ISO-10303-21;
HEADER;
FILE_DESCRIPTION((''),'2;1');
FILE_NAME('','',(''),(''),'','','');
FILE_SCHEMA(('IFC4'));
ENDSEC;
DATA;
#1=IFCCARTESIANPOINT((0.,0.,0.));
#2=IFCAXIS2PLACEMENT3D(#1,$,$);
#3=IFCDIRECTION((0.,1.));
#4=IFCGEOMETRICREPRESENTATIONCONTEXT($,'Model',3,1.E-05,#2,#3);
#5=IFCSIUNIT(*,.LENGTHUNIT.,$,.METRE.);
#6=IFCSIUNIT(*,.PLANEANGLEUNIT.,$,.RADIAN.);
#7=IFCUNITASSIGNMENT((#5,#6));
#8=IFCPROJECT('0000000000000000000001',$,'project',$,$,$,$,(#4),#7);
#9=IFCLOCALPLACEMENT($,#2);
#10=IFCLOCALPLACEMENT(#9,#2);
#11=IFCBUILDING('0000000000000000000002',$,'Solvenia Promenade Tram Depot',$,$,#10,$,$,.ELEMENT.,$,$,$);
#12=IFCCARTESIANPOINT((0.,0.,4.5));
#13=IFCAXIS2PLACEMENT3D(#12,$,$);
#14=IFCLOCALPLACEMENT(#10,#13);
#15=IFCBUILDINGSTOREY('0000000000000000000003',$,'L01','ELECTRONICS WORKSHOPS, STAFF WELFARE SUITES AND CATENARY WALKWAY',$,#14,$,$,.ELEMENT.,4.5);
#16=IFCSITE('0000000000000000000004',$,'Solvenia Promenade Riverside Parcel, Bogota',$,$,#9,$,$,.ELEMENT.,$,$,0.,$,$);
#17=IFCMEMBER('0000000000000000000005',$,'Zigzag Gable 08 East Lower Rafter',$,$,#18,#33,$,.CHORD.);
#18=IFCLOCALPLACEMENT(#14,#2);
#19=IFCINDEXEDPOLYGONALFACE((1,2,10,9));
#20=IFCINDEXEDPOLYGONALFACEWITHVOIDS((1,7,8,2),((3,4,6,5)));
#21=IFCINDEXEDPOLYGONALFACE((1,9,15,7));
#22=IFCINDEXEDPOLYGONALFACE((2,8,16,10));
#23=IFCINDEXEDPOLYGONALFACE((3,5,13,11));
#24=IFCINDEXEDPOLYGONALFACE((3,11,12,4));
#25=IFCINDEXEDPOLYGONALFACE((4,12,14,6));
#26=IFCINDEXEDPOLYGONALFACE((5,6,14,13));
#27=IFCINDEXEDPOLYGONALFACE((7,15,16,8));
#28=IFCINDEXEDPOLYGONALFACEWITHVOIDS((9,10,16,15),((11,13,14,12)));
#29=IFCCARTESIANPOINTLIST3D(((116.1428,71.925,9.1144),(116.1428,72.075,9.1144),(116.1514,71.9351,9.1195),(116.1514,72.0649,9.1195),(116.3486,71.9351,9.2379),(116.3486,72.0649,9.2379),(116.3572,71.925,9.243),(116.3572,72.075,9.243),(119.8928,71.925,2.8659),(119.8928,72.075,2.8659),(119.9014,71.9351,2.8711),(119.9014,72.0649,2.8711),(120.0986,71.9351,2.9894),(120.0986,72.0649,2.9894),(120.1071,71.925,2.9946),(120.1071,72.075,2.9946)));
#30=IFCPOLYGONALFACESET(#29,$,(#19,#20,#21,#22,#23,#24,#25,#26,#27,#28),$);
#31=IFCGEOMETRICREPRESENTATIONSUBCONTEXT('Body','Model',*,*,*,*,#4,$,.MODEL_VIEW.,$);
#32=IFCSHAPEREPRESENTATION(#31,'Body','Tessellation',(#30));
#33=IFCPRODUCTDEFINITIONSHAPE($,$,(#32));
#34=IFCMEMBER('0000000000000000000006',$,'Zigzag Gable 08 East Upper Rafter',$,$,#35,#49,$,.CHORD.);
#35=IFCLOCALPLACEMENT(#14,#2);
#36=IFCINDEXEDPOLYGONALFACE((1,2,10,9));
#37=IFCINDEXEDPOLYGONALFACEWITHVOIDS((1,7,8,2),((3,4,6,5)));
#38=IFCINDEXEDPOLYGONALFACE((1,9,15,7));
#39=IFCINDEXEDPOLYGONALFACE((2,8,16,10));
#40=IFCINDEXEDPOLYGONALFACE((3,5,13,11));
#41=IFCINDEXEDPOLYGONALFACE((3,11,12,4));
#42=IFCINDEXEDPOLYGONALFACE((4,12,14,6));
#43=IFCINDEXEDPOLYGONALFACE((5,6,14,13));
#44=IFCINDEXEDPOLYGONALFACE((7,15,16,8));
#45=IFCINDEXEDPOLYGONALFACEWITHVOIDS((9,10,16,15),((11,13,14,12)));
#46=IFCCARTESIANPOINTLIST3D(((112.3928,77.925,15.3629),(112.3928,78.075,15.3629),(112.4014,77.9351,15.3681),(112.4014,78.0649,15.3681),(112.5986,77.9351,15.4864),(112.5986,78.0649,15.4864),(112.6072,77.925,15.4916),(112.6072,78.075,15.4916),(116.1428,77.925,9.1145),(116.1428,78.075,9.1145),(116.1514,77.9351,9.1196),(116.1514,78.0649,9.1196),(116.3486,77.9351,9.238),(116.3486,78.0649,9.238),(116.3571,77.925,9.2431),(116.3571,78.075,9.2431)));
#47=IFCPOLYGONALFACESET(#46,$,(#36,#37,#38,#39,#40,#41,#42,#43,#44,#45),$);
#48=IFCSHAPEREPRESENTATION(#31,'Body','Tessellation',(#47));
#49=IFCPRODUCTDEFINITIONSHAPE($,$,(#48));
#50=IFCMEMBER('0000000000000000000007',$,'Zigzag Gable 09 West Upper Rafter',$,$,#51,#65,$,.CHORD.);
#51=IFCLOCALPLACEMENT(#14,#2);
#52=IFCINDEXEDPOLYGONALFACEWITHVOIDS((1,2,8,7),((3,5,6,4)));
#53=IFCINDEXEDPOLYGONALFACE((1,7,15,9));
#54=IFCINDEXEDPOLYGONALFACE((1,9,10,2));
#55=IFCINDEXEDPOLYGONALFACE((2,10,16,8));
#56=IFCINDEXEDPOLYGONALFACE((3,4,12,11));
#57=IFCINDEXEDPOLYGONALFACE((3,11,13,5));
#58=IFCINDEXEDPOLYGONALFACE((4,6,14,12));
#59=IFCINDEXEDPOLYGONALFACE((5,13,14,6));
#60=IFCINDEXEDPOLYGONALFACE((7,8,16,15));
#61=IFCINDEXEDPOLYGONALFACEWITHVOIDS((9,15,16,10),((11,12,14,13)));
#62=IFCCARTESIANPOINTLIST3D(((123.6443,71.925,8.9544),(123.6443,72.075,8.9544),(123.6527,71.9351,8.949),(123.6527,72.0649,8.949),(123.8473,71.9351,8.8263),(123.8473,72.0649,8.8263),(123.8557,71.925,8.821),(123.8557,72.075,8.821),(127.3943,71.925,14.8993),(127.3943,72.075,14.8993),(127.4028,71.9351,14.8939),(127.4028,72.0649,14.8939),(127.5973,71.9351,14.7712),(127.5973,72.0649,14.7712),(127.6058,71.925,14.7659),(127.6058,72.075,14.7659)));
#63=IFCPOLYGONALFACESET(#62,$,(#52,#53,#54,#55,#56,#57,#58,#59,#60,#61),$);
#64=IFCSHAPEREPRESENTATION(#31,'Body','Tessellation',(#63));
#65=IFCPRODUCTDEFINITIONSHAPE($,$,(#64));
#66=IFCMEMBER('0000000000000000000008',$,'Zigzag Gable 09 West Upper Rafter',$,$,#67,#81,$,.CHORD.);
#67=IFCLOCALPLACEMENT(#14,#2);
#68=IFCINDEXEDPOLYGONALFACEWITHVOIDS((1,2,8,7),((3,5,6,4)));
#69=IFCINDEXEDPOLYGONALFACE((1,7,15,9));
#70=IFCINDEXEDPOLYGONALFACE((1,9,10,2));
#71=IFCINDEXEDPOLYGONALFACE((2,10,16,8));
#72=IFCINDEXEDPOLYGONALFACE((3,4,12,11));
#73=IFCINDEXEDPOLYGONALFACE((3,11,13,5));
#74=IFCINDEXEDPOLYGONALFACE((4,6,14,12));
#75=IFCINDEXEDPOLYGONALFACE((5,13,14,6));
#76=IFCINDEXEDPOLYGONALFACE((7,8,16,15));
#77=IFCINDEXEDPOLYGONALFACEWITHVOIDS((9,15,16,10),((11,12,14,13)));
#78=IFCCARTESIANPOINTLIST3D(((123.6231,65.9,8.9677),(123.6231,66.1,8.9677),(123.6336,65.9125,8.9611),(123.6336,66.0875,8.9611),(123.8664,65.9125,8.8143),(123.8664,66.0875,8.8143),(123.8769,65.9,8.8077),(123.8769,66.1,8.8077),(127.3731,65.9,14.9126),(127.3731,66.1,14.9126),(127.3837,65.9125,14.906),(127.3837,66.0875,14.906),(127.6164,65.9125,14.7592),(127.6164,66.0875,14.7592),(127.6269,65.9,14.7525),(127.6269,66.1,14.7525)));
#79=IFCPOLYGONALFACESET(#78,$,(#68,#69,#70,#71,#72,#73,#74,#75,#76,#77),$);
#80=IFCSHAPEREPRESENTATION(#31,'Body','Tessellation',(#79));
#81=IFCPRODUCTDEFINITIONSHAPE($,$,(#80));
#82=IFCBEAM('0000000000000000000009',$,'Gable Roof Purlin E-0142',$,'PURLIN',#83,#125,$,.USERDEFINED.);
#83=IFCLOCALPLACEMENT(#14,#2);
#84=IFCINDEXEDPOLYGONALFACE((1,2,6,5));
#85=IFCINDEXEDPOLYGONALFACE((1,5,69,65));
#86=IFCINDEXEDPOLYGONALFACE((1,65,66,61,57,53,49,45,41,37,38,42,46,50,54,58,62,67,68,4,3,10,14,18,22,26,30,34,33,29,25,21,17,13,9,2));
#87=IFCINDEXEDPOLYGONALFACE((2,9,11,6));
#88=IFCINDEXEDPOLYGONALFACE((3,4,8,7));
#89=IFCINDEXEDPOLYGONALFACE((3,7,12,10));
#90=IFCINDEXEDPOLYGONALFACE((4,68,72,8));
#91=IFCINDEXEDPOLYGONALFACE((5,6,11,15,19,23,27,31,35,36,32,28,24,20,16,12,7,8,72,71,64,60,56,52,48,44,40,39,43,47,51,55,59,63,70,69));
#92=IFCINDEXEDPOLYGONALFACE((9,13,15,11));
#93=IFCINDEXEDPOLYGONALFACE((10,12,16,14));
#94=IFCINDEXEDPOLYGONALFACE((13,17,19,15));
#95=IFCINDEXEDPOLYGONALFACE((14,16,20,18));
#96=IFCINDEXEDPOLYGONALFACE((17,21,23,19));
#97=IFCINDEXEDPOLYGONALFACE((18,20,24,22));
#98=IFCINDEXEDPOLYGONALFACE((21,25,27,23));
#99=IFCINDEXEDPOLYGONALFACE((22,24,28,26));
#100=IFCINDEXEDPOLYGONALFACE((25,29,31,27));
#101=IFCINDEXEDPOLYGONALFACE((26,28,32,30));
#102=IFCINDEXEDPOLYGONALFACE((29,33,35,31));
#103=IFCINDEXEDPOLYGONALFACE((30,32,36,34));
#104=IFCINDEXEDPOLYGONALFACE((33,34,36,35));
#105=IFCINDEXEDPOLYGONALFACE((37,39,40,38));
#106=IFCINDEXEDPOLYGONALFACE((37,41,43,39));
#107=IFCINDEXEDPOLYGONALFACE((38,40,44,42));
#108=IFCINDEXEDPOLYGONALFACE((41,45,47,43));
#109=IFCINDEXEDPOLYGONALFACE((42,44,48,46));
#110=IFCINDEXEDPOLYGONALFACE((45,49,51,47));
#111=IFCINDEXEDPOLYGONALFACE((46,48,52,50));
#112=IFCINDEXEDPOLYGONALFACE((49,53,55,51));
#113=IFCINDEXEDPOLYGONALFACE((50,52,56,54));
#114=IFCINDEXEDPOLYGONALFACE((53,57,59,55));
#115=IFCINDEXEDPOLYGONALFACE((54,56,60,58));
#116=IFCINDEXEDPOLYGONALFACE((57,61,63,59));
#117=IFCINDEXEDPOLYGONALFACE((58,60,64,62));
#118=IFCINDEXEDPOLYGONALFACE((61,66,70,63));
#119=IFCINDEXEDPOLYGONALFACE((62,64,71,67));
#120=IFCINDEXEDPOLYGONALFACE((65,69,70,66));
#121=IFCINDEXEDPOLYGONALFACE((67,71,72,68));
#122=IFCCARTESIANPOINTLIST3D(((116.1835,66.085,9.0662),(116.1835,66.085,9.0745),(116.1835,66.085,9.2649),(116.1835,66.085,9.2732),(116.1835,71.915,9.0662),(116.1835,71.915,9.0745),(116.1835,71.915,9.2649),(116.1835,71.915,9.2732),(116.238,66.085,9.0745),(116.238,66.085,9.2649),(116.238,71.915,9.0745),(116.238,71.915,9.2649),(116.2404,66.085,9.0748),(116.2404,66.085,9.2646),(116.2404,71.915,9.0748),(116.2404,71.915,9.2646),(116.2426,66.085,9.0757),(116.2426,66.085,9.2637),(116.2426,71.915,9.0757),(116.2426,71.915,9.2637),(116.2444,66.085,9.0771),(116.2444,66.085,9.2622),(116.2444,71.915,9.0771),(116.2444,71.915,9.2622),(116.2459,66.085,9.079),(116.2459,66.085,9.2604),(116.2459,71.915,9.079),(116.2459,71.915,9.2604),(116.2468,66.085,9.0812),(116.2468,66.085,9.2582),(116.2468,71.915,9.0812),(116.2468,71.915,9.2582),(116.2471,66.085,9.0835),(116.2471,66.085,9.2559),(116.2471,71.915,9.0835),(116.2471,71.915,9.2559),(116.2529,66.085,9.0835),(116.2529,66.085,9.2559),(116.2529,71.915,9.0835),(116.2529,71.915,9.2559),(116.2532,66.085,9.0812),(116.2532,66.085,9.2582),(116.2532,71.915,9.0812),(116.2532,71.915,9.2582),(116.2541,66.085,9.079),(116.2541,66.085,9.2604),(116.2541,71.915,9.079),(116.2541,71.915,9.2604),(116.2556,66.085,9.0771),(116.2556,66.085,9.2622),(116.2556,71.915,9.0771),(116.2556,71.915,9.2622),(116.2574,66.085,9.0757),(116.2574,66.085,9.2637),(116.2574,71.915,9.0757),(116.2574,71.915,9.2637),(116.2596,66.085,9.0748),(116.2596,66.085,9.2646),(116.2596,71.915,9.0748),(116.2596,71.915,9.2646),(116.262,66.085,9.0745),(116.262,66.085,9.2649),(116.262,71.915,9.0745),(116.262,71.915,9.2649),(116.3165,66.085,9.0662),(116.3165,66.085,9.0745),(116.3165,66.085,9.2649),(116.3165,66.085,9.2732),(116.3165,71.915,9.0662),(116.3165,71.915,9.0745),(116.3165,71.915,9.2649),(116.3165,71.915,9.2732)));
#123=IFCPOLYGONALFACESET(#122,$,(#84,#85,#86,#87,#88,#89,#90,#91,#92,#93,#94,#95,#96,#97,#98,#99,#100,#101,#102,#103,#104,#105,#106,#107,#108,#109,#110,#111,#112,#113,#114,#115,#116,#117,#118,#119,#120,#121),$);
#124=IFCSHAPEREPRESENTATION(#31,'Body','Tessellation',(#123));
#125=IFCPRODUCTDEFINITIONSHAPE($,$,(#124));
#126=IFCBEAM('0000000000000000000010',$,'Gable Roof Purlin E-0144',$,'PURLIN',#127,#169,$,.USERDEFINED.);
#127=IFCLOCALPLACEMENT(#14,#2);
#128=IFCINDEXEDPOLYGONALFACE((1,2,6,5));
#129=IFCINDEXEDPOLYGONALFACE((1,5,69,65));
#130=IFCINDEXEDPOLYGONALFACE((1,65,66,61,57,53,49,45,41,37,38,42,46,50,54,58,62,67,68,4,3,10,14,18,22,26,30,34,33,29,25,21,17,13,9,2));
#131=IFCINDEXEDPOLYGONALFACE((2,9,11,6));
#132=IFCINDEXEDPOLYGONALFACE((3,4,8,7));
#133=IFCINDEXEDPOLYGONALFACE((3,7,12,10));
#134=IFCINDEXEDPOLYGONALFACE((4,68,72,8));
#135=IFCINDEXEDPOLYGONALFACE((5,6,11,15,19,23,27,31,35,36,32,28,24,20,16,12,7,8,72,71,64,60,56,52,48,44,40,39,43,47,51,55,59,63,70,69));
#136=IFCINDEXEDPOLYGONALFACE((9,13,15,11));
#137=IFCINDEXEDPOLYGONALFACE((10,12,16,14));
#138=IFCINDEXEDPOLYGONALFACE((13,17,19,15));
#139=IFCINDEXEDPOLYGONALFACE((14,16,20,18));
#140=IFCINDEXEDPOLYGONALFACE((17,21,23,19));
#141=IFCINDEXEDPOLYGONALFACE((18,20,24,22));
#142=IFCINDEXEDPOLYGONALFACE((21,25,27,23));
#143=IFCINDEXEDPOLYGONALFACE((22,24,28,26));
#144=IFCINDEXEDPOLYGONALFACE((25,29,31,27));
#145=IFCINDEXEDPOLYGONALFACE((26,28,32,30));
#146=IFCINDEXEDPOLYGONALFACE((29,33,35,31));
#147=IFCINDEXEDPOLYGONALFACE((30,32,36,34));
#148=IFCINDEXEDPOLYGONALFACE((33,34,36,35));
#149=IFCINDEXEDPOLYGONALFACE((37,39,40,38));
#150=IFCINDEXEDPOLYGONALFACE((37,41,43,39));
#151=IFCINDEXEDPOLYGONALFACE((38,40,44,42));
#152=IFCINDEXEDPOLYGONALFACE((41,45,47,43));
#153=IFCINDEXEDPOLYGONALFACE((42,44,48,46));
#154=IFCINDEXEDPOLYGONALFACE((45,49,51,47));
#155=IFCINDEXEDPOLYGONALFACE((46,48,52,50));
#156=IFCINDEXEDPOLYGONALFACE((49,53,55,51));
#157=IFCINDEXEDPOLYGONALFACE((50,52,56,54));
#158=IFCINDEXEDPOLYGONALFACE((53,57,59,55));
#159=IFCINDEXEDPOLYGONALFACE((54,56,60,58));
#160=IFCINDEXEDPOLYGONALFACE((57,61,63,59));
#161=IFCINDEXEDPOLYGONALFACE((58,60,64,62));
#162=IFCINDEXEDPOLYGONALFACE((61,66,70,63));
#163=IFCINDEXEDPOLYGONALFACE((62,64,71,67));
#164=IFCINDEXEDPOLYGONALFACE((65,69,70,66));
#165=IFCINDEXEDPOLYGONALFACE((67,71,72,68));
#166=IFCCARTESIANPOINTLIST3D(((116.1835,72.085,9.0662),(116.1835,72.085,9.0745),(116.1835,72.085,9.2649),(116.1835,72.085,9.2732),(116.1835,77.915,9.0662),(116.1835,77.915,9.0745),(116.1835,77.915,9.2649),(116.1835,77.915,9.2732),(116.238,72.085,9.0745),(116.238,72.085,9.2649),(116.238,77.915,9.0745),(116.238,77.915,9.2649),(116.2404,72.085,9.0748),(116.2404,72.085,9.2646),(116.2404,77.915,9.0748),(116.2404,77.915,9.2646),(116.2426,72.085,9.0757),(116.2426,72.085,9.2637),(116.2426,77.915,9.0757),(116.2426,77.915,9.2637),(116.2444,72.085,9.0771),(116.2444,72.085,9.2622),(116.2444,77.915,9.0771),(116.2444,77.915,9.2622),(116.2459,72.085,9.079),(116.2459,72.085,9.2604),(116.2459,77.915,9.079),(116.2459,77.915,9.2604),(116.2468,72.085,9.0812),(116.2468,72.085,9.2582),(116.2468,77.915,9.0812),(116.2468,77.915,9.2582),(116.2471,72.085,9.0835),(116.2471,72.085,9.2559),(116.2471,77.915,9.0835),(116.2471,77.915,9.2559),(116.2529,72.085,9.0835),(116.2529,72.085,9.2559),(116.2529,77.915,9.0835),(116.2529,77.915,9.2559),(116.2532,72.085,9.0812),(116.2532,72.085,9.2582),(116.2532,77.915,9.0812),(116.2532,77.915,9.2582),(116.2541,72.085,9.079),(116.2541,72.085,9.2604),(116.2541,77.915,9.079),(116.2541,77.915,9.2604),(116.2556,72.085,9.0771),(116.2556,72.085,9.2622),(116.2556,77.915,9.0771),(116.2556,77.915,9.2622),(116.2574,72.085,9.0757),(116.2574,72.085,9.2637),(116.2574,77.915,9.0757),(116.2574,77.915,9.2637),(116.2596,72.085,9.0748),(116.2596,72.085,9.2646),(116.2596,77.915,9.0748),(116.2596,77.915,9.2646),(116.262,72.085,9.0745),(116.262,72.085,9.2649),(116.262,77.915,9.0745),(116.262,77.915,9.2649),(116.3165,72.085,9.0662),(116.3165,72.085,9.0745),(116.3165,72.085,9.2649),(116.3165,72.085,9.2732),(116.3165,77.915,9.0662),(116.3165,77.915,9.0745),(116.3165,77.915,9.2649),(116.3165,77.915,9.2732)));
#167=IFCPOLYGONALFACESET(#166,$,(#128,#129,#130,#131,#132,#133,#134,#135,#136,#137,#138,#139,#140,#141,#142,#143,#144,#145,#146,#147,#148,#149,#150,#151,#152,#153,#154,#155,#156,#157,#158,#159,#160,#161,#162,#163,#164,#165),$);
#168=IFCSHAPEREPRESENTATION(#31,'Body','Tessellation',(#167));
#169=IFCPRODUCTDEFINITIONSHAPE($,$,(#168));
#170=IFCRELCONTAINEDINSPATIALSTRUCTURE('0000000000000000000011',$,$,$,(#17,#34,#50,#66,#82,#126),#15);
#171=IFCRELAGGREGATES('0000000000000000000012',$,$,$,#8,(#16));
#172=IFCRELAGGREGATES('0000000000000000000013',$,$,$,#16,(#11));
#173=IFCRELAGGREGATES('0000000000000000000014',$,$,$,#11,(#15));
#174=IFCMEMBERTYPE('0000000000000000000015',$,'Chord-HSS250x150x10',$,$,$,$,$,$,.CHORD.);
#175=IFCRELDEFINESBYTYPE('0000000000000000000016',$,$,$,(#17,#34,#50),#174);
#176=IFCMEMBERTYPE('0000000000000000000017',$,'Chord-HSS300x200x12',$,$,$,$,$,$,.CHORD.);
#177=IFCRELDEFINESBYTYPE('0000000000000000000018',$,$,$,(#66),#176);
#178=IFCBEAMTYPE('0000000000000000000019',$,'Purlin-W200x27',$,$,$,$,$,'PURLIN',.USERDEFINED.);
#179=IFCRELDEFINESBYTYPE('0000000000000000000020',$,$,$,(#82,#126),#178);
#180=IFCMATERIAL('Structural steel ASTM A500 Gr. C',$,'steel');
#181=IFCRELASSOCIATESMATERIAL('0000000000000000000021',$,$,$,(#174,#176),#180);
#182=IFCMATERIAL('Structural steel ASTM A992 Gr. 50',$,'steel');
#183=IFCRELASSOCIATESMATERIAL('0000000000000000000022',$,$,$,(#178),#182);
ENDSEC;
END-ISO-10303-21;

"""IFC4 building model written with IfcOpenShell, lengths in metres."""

from ifc_helpers import new_model, si_unit, direction, frame, origin, origin_2d, place, context, subcontext, project, spatial, hollow_rectangle, i_section, extrude, material, material_profile, profile_set, type_object, element, save


model = new_model("IFC4")

# Units and contexts
model_context = context("Model", 3, precision=1e-05, world=origin(), true_north=direction((0.0, 1.0)))
body_context = subcontext(model_context, "Body", "Model", "MODEL_VIEW")
ifc_project = project(units=[si_unit("LENGTHUNIT", "METRE"), si_unit("PLANEANGLEUNIT", "RADIAN")], contexts=[model_context])

# Site, building, storey
site_placement = place(None, origin())
site = spatial("IfcSite", under=ifc_project, at=site_placement, Name="Solvenia Promenade Riverside Parcel, Bogota", CompositionType="ELEMENT", RefElevation=0.0)
building_placement = place(site_placement, origin())
building = spatial("IfcBuilding", under=site, at=building_placement, Name="Solvenia Promenade Tram Depot", CompositionType="ELEMENT")
storey_placement = place(building_placement, frame((0.0, 0.0, 4.5)))
storey = spatial("IfcBuildingStorey", under=building, at=storey_placement, Name="L01", Description="ELECTRONICS WORKSHOPS, STAFF WELFARE SUITES AND CATENARY WALKWAY", CompositionType="ELEMENT", Elevation=4.5)

# Members
ifc_material_1 = material(Name="Structural steel ASTM A500 Gr. C", Category="steel")
ifc_material_profile_1 = material_profile(ifc_material_1, hollow_rectangle(XDim=0.1499, YDim=0.25, WallThickness=0.01, at=origin_2d()), Name="HSS250x150x10", Category="steel")
ifc_profile_set_1 = profile_set([ifc_material_profile_1], Name="Structural steel ASTM A500 Gr. C")
member_type_1 = type_object("IfcMemberType", Name="Chord-HSS250x150x10", PredefinedType="CHORD", material=ifc_profile_set_1)
for number, where, z_axis, x_axis, name in (
    (1, (116.25, 72.0, 9.1787), (0.514584, 0.0, -0.85744), (0.0, 1.0, 0.0), "Zigzag Gable 08 East Lower Rafter"),
    (2, (112.5, 78.0, 15.4272), (0.514584, 0.0, -0.85744), (0.0, 1.0, 0.0), "Zigzag Gable 08 East Upper Rafter"),
):
    element("IfcMember", number, at=place(storey_placement, frame(where, z_axis=z_axis, x_axis=x_axis)), inside=storey, type_object=member_type_1, Name=name, PredefinedType="CHORD", context=body_context, shape_type="SweptSolid", body=[
        extrude(hollow_rectangle(XDim=0.1499, YDim=0.25, WallThickness=0.01, at=origin_2d()), origin(), (0.0, 0.0, 1.0), 7.2874),
    ])
member_1_placement = place(storey_placement, frame((123.75, 72.0, 8.8877), z_axis=(0.533522, 0.0, 0.845786), x_axis=(0.0, 1.0, 0.0)))
element("IfcMember", 3, at=member_1_placement, inside=storey, type_object=member_type_1, Name="Zigzag Gable 09 West Upper Rafter", PredefinedType="CHORD", context=body_context, shape_type="SweptSolid", body=[
    extrude(hollow_rectangle(XDim=0.1499, YDim=0.25, WallThickness=0.01, at=origin_2d()), origin(), (0.0, 0.0, 1.0), 7.0288),
])
ifc_material_profile_2 = material_profile(ifc_material_1, hollow_rectangle(XDim=0.2, YDim=0.3, WallThickness=0.0125, at=origin_2d()), Name="HSS300x200x12.5", Category="steel")
ifc_profile_set_2 = profile_set([ifc_material_profile_2], Name="Structural steel ASTM A500 Gr. C")
member_type_2 = type_object("IfcMemberType", Name="Chord-HSS300x200x12", PredefinedType="CHORD", material=ifc_profile_set_2)
member_2_placement = place(storey_placement, frame((123.75, 66.0, 8.8877), z_axis=(0.533522, 0.0, 0.845786), x_axis=(0.0, 1.0, 0.0)))
element("IfcMember", 4, at=member_2_placement, inside=storey, type_object=member_type_2, Name="Zigzag Gable 09 West Upper Rafter", PredefinedType="CHORD", context=body_context, shape_type="SweptSolid", body=[
    extrude(hollow_rectangle(XDim=0.2, YDim=0.3, WallThickness=0.0125, at=origin_2d()), origin(), (0.0, 0.0, 1.0), 7.0288),
])

# Beams
ifc_material_2 = material(Name="Structural steel ASTM A992 Gr. 50", Category="steel")
ifc_material_profile_3 = material_profile(ifc_material_2, i_section(OverallWidth=0.1331, OverallDepth=0.207, WebThickness=0.0059, FlangeThickness=0.0083, FilletRadius=0.009, at=origin_2d()), Name="W200x27", Category="steel")
ifc_profile_set_3 = profile_set([ifc_material_profile_3], Name="Structural steel ASTM A992 Gr. 50")
beam_type_1 = type_object("IfcBeamType", Name="Purlin-W200x27", ElementType="PURLIN", PredefinedType="USERDEFINED", material=ifc_profile_set_3)
for number, where, z_axis, x_axis, name in (
    (5, (116.25, 66.085, 9.1697), (0.0, 1.0, 0.0), (-1.0, 0.0, 0.0), "Gable Roof Purlin E-0142"),
    (6, (116.25, 72.085, 9.1697), (0.0, 1.0, 0.0), (-1.0, 0.0, 0.0), "Gable Roof Purlin E-0144"),
):
    element("IfcBeam", number, at=place(storey_placement, frame(where, z_axis=z_axis, x_axis=x_axis)), inside=storey, type_object=beam_type_1, Name=name, ObjectType="PURLIN", PredefinedType="USERDEFINED", context=body_context, shape_type="SweptSolid", body=[
        extrude(i_section(OverallWidth=0.1331, OverallDepth=0.207, WebThickness=0.0059, FlangeThickness=0.0083, FilletRadius=0.009, at=origin_2d()), origin(), (0.0, 0.0, 1.0), 5.8301),
    ])

save(model, "model.ifc")
